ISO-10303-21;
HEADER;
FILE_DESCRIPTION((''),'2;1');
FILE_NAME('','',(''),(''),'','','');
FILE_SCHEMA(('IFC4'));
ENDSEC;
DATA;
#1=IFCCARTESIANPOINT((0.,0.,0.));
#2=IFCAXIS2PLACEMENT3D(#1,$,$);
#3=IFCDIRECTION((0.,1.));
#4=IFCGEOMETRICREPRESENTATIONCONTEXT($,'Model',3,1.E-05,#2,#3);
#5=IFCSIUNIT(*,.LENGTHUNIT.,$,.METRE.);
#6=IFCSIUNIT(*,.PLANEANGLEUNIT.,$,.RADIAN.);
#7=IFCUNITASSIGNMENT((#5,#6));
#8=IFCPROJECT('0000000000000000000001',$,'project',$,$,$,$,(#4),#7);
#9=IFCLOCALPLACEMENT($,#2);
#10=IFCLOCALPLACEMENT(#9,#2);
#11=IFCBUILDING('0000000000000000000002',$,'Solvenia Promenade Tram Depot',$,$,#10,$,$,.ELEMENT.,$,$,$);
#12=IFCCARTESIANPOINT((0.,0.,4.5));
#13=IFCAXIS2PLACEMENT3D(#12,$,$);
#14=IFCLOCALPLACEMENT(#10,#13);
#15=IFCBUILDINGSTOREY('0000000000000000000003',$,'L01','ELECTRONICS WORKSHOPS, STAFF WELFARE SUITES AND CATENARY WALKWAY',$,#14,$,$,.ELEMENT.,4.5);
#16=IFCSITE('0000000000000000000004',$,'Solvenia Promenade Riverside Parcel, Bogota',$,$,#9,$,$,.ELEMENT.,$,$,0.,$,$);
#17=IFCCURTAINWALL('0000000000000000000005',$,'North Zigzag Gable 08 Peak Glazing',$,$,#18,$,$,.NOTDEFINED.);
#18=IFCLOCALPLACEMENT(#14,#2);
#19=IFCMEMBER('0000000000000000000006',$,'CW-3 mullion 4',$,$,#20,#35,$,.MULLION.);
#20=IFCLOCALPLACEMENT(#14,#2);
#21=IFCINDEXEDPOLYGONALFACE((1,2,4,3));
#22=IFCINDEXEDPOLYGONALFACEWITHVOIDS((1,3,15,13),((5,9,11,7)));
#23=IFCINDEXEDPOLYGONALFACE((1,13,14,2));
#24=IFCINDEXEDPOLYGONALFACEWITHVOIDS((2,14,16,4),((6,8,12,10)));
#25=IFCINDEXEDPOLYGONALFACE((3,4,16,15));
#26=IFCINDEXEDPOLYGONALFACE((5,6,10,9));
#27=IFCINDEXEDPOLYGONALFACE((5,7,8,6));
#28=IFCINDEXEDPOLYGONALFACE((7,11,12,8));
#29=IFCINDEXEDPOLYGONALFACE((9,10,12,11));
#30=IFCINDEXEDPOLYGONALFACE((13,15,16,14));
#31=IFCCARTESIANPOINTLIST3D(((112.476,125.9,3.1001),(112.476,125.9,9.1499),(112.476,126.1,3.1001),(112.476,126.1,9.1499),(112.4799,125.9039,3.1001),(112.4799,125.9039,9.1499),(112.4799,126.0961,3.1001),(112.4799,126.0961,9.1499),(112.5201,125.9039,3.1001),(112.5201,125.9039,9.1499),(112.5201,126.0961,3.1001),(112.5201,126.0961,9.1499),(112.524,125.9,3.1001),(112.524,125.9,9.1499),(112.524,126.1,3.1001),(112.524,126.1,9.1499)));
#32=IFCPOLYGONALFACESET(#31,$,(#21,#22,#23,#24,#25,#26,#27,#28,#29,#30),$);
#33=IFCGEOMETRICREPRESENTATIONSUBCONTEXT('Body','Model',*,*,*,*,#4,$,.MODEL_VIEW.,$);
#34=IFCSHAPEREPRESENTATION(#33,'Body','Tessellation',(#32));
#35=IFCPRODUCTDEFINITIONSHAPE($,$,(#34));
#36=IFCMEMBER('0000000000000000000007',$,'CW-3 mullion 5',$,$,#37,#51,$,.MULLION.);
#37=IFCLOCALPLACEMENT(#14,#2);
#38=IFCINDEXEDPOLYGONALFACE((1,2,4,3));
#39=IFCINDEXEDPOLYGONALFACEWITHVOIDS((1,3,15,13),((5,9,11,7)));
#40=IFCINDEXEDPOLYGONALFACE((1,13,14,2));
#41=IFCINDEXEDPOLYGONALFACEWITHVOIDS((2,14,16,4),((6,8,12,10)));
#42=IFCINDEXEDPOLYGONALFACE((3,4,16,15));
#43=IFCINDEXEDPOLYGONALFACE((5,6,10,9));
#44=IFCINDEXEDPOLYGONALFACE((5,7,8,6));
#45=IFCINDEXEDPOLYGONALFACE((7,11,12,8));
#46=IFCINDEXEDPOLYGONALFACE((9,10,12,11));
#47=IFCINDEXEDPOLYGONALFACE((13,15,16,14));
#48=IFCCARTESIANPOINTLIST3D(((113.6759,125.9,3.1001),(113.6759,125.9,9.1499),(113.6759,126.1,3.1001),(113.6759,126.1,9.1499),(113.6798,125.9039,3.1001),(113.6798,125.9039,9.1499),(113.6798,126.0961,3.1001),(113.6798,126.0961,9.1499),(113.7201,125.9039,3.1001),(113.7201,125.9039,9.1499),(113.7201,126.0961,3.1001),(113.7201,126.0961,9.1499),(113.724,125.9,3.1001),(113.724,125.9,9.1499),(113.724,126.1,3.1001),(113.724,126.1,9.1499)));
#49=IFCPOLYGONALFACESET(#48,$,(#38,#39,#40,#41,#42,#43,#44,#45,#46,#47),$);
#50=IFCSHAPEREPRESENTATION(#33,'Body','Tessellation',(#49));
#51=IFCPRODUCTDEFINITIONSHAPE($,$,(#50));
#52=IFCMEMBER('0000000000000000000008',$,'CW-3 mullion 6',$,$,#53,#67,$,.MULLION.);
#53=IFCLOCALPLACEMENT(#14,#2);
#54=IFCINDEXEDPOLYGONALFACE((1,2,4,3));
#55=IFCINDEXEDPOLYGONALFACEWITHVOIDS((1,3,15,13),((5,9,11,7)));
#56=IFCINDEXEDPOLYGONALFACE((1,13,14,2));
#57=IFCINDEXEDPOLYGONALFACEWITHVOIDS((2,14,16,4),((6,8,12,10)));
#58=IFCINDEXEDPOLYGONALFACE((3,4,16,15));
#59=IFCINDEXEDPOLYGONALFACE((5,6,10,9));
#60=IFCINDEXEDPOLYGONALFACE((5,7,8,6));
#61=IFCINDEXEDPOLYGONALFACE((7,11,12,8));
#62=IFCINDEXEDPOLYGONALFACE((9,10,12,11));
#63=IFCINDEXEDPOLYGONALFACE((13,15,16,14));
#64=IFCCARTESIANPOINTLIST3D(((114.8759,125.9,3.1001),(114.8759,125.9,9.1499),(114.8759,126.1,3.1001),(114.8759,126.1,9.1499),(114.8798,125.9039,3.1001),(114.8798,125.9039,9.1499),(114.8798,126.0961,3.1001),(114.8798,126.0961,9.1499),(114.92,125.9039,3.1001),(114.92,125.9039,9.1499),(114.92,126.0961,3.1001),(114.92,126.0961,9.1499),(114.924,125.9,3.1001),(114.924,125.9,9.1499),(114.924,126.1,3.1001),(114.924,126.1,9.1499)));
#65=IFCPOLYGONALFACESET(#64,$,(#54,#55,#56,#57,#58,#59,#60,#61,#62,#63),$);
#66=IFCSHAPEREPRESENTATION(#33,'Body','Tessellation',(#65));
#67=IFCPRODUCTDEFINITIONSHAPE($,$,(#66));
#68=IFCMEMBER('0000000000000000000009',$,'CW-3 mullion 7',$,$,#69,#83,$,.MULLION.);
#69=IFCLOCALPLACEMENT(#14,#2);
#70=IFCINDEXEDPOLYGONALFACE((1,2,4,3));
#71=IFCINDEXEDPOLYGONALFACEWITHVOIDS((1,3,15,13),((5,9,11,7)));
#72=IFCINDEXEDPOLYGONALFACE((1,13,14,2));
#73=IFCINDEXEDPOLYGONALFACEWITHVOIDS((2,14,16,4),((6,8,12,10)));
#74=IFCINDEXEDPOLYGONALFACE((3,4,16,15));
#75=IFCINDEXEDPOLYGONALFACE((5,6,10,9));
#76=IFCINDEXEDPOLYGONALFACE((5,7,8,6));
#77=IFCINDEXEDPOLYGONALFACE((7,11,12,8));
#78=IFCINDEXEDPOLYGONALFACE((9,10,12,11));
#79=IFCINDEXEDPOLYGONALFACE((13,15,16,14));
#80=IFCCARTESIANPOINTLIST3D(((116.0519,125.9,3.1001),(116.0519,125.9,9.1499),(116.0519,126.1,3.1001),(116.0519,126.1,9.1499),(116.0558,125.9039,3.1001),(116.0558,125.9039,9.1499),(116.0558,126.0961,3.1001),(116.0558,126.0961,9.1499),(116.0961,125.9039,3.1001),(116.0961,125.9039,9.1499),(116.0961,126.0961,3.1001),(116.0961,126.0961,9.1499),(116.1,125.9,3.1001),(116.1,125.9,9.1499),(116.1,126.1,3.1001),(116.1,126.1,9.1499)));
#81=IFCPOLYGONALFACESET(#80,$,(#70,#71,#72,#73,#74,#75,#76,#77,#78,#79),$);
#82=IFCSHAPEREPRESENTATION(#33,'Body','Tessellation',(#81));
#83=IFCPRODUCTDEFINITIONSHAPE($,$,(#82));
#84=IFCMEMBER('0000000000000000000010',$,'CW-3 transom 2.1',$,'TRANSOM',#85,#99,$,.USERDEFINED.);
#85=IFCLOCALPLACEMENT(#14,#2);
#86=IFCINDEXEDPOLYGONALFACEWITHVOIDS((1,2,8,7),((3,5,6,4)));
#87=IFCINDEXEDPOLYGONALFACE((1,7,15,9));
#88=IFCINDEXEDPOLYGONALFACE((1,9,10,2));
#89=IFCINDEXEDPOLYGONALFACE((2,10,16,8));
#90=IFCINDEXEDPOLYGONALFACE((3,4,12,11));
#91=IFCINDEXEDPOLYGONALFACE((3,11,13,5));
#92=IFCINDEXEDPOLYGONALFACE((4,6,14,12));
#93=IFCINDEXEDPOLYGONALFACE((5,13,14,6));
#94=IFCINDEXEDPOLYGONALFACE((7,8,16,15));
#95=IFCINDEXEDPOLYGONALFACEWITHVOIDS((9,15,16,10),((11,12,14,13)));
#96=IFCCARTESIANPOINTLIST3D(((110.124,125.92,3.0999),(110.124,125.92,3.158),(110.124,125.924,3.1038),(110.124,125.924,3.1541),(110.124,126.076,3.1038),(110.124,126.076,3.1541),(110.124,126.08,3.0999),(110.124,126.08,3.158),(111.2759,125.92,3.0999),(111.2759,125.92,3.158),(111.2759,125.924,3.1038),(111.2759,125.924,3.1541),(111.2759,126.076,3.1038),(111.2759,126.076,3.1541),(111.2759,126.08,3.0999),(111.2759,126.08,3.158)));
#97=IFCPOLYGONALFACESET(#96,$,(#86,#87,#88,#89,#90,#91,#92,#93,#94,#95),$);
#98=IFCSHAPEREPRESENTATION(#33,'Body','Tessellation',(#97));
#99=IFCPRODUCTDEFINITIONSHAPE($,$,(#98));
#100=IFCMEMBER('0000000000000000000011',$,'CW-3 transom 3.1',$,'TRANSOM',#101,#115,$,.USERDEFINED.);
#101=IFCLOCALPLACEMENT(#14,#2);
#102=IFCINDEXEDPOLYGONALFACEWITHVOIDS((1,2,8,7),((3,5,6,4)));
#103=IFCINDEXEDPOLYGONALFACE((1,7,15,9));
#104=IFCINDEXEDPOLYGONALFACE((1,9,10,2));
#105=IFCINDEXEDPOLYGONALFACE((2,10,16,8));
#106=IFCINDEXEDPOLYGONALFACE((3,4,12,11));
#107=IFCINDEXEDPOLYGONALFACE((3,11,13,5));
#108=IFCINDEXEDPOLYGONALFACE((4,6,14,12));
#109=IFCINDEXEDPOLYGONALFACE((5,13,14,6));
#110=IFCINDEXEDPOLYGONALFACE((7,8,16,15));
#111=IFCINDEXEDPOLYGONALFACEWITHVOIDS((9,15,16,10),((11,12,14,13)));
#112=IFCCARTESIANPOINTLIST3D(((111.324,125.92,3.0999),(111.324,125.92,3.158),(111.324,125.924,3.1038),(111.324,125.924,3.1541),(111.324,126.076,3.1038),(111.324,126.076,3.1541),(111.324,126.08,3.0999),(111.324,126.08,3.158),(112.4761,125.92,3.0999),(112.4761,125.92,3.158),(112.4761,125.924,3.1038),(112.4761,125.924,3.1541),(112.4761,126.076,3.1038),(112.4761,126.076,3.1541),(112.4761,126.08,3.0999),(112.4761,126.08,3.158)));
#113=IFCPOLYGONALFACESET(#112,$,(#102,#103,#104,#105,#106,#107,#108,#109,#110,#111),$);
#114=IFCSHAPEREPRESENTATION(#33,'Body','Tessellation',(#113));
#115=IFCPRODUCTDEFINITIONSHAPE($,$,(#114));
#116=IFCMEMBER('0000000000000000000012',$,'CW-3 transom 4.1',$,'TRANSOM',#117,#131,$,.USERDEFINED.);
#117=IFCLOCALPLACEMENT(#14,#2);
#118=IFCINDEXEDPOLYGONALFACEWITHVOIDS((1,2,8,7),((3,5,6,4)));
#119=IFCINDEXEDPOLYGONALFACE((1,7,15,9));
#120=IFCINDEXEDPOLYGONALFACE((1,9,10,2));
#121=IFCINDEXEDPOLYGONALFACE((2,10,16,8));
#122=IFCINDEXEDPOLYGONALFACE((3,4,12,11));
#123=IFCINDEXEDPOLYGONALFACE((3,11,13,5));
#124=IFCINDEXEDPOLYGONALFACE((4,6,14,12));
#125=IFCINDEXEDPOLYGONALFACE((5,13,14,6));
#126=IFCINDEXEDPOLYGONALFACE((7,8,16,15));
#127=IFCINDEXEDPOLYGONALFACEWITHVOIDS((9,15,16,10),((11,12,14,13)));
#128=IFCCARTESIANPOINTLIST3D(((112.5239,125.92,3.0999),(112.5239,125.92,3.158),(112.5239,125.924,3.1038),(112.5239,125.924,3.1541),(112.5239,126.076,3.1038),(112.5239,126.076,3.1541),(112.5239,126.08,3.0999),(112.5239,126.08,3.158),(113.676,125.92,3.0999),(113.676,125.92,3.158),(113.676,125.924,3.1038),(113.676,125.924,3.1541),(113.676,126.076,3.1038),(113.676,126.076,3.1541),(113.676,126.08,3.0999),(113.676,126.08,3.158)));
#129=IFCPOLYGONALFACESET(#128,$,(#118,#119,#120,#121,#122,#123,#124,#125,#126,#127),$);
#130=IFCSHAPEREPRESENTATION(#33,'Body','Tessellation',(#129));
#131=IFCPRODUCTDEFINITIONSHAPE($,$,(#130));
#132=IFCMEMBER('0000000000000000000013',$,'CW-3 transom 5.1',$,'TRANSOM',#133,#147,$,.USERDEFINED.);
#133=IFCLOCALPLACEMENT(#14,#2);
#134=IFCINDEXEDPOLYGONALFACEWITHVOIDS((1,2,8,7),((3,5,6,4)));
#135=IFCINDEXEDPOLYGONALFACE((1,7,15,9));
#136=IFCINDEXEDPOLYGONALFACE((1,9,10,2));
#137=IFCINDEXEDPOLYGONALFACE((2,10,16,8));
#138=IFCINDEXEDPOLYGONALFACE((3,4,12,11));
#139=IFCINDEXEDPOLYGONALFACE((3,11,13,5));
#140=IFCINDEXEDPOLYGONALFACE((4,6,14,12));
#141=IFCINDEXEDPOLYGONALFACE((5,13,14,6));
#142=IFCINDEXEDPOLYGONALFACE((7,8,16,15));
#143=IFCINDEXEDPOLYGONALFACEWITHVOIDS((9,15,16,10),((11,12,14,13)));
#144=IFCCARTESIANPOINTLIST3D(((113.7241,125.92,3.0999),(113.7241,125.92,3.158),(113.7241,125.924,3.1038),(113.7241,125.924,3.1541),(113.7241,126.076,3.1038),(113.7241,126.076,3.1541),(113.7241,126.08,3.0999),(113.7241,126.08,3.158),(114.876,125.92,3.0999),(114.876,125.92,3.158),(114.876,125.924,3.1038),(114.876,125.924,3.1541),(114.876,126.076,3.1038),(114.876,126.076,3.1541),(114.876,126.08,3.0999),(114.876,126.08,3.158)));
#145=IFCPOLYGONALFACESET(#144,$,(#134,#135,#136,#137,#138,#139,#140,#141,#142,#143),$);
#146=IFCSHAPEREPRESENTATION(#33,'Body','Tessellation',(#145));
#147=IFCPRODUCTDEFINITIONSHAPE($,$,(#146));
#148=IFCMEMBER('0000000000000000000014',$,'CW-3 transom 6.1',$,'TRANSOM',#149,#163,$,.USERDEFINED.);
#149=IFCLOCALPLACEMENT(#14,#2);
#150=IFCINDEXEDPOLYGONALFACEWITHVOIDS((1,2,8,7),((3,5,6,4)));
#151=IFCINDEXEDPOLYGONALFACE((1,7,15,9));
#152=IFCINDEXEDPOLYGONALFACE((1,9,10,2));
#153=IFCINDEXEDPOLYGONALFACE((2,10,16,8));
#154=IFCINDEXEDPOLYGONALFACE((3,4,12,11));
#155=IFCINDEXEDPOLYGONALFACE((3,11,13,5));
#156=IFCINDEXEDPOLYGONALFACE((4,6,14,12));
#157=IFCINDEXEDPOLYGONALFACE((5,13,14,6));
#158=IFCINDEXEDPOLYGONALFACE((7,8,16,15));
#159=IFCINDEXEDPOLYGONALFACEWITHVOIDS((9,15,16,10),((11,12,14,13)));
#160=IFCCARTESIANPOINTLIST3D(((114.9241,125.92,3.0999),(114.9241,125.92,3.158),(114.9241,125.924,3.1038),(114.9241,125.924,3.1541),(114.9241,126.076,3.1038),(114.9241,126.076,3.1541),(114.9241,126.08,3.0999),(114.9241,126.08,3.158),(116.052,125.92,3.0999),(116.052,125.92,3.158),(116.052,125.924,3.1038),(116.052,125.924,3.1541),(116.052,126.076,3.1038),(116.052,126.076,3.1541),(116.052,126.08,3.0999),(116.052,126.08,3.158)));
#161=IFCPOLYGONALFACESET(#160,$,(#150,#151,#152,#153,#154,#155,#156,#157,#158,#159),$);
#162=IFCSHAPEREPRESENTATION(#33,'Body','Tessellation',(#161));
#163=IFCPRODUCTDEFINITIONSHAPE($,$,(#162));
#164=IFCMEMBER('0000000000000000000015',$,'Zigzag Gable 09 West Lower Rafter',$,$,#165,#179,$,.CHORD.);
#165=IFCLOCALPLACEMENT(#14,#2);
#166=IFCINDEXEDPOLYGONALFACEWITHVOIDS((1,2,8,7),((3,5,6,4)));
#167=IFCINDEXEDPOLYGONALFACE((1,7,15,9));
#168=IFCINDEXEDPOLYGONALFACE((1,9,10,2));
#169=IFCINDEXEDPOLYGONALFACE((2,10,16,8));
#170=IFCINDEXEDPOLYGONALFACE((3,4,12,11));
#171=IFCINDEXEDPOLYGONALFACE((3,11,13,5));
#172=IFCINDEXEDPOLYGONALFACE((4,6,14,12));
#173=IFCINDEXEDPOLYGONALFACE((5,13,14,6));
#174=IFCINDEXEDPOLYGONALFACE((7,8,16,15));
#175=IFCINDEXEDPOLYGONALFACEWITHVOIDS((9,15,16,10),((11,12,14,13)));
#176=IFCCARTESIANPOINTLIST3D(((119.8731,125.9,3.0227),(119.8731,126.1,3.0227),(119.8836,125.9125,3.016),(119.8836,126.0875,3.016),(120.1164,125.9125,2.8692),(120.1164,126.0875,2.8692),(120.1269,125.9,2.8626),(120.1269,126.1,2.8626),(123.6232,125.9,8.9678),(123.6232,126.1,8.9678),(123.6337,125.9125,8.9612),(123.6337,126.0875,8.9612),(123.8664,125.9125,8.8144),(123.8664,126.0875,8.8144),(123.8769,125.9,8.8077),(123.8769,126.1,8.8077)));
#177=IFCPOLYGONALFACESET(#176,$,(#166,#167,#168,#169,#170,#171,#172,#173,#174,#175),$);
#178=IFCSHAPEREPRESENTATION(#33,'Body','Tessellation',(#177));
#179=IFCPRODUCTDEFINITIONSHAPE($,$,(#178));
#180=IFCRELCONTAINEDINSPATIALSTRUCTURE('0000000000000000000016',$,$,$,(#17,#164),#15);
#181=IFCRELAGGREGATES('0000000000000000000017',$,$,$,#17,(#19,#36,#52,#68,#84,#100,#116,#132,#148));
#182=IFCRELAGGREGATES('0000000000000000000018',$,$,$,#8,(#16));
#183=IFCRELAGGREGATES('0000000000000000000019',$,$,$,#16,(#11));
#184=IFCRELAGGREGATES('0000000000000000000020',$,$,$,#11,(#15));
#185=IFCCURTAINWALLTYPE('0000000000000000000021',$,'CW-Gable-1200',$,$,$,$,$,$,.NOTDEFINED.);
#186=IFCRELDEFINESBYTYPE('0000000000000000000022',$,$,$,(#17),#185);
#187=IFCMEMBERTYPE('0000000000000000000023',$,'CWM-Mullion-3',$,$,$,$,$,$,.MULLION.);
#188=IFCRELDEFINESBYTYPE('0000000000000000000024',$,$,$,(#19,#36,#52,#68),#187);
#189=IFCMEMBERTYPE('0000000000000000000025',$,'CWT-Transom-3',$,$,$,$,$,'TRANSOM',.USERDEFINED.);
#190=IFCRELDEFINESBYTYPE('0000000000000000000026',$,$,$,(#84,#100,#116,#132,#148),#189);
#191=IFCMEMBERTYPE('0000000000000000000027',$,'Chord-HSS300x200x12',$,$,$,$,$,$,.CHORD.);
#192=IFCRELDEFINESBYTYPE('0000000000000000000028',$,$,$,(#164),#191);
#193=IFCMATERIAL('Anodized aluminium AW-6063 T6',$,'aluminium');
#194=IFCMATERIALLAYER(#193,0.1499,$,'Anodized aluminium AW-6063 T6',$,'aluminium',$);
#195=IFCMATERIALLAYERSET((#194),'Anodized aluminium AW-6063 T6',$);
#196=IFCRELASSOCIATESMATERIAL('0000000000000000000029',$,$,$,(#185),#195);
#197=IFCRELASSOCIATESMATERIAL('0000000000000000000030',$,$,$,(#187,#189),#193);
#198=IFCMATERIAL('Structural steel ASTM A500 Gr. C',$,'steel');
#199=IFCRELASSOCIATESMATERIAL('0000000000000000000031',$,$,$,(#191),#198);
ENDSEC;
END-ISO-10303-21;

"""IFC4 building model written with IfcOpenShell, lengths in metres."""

from ifc_helpers import new_model, si_unit, direction, frame, origin, origin_2d, place, context, subcontext, project, spatial, hollow_rectangle, extrude, material, layer, layer_set, material_profile, profile_set, type_object, element, aggregate, save


model = new_model("IFC4")

# Units and contexts
model_context = context("Model", 3, precision=1e-05, world=origin(), true_north=direction((0.0, 1.0)))
body_context = subcontext(model_context, "Body", "Model", "MODEL_VIEW")
ifc_project = project(units=[si_unit("LENGTHUNIT", "METRE"), si_unit("PLANEANGLEUNIT", "RADIAN")], contexts=[model_context])

# Site, building, storey
site_placement = place(None, origin())
site = spatial("IfcSite", under=ifc_project, at=site_placement, Name="Solvenia Promenade Riverside Parcel, Bogota", CompositionType="ELEMENT", RefElevation=0.0)
building_placement = place(site_placement, origin())
building = spatial("IfcBuilding", under=site, at=building_placement, Name="Solvenia Promenade Tram Depot", CompositionType="ELEMENT")
storey_placement = place(building_placement, frame((0.0, 0.0, 4.5)))
storey = spatial("IfcBuildingStorey", under=building, at=storey_placement, Name="L01", Description="ELECTRONICS WORKSHOPS, STAFF WELFARE SUITES AND CATENARY WALKWAY", CompositionType="ELEMENT", Elevation=4.5)

# Shared definitions
ifc_material_1 = material(Name="Structural steel ASTM A500 Gr. C", Category="steel")

# Curtain wall, members
ifc_material_2 = material(Name="Anodized aluminium AW-6063 T6", Category="aluminium")
ifc_layer_1 = layer(ifc_material_2, 0.1499, Name="Anodized aluminium AW-6063 T6", Category="aluminium")
ifc_layer_set_1 = layer_set([ifc_layer_1], Name="Anodized aluminium AW-6063 T6")
curtain_wall_type = type_object("IfcCurtainWallType", Name="CW-Gable-1200", PredefinedType="NOTDEFINED", material=ifc_layer_set_1)
curtain_wall_placement = place(storey_placement, origin())
curtain_wall = element("IfcCurtainWall", 1, at=curtain_wall_placement, inside=storey, type_object=curtain_wall_type, Name="North Zigzag Gable 08 Peak Glazing", PredefinedType="NOTDEFINED")
ifc_material_profile_1 = material_profile(ifc_material_2, hollow_rectangle(XDim=0.2, YDim=0.0481, WallThickness=0.0039, at=origin_2d()), Name="ALU-M3", Category="aluminium")
ifc_profile_set_1 = profile_set([ifc_material_profile_1], Name="Anodized aluminium AW-6063 T6")
member_type_1 = type_object("IfcMemberType", Name="CWM-Mullion-3", PredefinedType="MULLION", material=ifc_profile_set_1)
member_1_placement = place(storey_placement, frame((112.5, 126.0, 3.1001), z_axis=(0.0, 0.0, 1.0), x_axis=(0.0, 1.0, 0.0)))
member_1 = element("IfcMember", 2, at=member_1_placement, type_object=member_type_1, Name="CW-3 mullion 4", PredefinedType="MULLION", context=body_context, shape_type="SweptSolid", body=[
    extrude(hollow_rectangle(XDim=0.2, YDim=0.0481, WallThickness=0.0039, at=origin_2d()), origin(), (0.0, 0.0, 1.0), 6.0498),
])
member_2_placement = place(storey_placement, frame((113.7, 126.0, 3.1001), z_axis=(0.0, 0.0, 1.0), x_axis=(0.0, 1.0, 0.0)))
member_2 = element("IfcMember", 3, at=member_2_placement, type_object=member_type_1, Name="CW-3 mullion 5", PredefinedType="MULLION", context=body_context, shape_type="SweptSolid", body=[
    extrude(hollow_rectangle(XDim=0.2, YDim=0.0481, WallThickness=0.0039, at=origin_2d()), origin(), (0.0, 0.0, 1.0), 6.0498),
])
member_3_placement = place(storey_placement, frame((114.8999, 126.0, 3.1001), z_axis=(0.0, 0.0, 1.0), x_axis=(0.0, 1.0, 0.0)))
member_3 = element("IfcMember", 4, at=member_3_placement, type_object=member_type_1, Name="CW-3 mullion 6", PredefinedType="MULLION", context=body_context, shape_type="SweptSolid", body=[
    extrude(hollow_rectangle(XDim=0.2, YDim=0.0481, WallThickness=0.0039, at=origin_2d()), origin(), (0.0, 0.0, 1.0), 6.0498),
])
member_4_placement = place(storey_placement, frame((116.0759, 126.0, 3.1001), z_axis=(0.0, 0.0, 1.0), x_axis=(0.0, 1.0, 0.0)))
member_4 = element("IfcMember", 5, at=member_4_placement, type_object=member_type_1, Name="CW-3 mullion 7", PredefinedType="MULLION", context=body_context, shape_type="SweptSolid", body=[
    extrude(hollow_rectangle(XDim=0.2, YDim=0.0481, WallThickness=0.0039, at=origin_2d()), origin(), (0.0, 0.0, 1.0), 6.0498),
])
ifc_material_profile_2 = material_profile(ifc_material_2, hollow_rectangle(XDim=0.1599, YDim=0.0581, WallThickness=0.0039, at=origin_2d()), Name="ALU-T3", Category="aluminium")
ifc_profile_set_2 = profile_set([ifc_material_profile_2], Name="Anodized aluminium AW-6063 T6")
member_type_2 = type_object("IfcMemberType", Name="CWT-Transom-3", ElementType="TRANSOM", PredefinedType="USERDEFINED", material=ifc_profile_set_2)
member_5_placement = place(storey_placement, frame((110.124, 126.0, 3.1289), z_axis=(1.0, 0.0, 0.0), x_axis=(0.0, 1.0, 0.0)))
member_5 = element("IfcMember", 6, at=member_5_placement, type_object=member_type_2, Name="CW-3 transom 2.1", ObjectType="TRANSOM", PredefinedType="USERDEFINED", context=body_context, shape_type="SweptSolid", body=[
    extrude(hollow_rectangle(XDim=0.1599, YDim=0.0581, WallThickness=0.0039, at=origin_2d()), origin(), (0.0, 0.0, 1.0), 1.1519),
])
member_6_placement = place(storey_placement, frame((111.324, 126.0, 3.1289), z_axis=(1.0, 0.0, 0.0), x_axis=(0.0, 1.0, 0.0)))
member_6 = element("IfcMember", 7, at=member_6_placement, type_object=member_type_2, Name="CW-3 transom 3.1", ObjectType="TRANSOM", PredefinedType="USERDEFINED", context=body_context, shape_type="SweptSolid", body=[
    extrude(hollow_rectangle(XDim=0.1599, YDim=0.0581, WallThickness=0.0039, at=origin_2d()), origin(), (0.0, 0.0, 1.0), 1.1521),
])
member_7_placement = place(storey_placement, frame((112.5239, 126.0, 3.1289), z_axis=(1.0, 0.0, 0.0), x_axis=(0.0, 1.0, 0.0)))
member_7 = element("IfcMember", 8, at=member_7_placement, type_object=member_type_2, Name="CW-3 transom 4.1", ObjectType="TRANSOM", PredefinedType="USERDEFINED", context=body_context, shape_type="SweptSolid", body=[
    extrude(hollow_rectangle(XDim=0.1599, YDim=0.0581, WallThickness=0.0039, at=origin_2d()), origin(), (0.0, 0.0, 1.0), 1.1521),
])
member_8_placement = place(storey_placement, frame((113.7241, 126.0, 3.1289), z_axis=(1.0, 0.0, 0.0), x_axis=(0.0, 1.0, 0.0)))
member_8 = element("IfcMember", 9, at=member_8_placement, type_object=member_type_2, Name="CW-3 transom 5.1", ObjectType="TRANSOM", PredefinedType="USERDEFINED", context=body_context, shape_type="SweptSolid", body=[
    extrude(hollow_rectangle(XDim=0.1599, YDim=0.0581, WallThickness=0.0039, at=origin_2d()), origin(), (0.0, 0.0, 1.0), 1.1519),
])
member_9_placement = place(storey_placement, frame((114.9241, 126.0, 3.1289), z_axis=(1.0, 0.0, 0.0), x_axis=(0.0, 1.0, 0.0)))
member_9 = element("IfcMember", 10, at=member_9_placement, type_object=member_type_2, Name="CW-3 transom 6.1", ObjectType="TRANSOM", PredefinedType="USERDEFINED", context=body_context, shape_type="SweptSolid", body=[
    extrude(hollow_rectangle(XDim=0.1599, YDim=0.0581, WallThickness=0.0039, at=origin_2d()), origin(), (0.0, 0.0, 1.0), 1.1279),
])
aggregate(curtain_wall, [member_1, member_2, member_3, member_4, member_5, member_6, member_7, member_8, member_9])

# Member
ifc_material_profile_3 = material_profile(ifc_material_1, hollow_rectangle(XDim=0.2, YDim=0.3, WallThickness=0.0125, at=origin_2d()), Name="HSS300x200x12.5", Category="steel")
ifc_profile_set_3 = profile_set([ifc_material_profile_3], Name="Structural steel ASTM A500 Gr. C")
member_type_3 = type_object("IfcMemberType", Name="Chord-HSS300x200x12", PredefinedType="CHORD", material=ifc_profile_set_3)
member_10_placement = place(storey_placement, frame((120.0, 126.0, 2.9426), z_axis=(0.533507, 0.0, 0.845796), x_axis=(0.0, 1.0, 0.0)))
element("IfcMember", 11, at=member_10_placement, inside=storey, type_object=member_type_3, Name="Zigzag Gable 09 West Lower Rafter", PredefinedType="CHORD", context=body_context, shape_type="SweptSolid", body=[
    extrude(hollow_rectangle(XDim=0.2, YDim=0.3, WallThickness=0.0125, at=origin_2d()), origin(), (0.0, 0.0, 1.0), 7.0291),
])

save(model, "model.ifc")
